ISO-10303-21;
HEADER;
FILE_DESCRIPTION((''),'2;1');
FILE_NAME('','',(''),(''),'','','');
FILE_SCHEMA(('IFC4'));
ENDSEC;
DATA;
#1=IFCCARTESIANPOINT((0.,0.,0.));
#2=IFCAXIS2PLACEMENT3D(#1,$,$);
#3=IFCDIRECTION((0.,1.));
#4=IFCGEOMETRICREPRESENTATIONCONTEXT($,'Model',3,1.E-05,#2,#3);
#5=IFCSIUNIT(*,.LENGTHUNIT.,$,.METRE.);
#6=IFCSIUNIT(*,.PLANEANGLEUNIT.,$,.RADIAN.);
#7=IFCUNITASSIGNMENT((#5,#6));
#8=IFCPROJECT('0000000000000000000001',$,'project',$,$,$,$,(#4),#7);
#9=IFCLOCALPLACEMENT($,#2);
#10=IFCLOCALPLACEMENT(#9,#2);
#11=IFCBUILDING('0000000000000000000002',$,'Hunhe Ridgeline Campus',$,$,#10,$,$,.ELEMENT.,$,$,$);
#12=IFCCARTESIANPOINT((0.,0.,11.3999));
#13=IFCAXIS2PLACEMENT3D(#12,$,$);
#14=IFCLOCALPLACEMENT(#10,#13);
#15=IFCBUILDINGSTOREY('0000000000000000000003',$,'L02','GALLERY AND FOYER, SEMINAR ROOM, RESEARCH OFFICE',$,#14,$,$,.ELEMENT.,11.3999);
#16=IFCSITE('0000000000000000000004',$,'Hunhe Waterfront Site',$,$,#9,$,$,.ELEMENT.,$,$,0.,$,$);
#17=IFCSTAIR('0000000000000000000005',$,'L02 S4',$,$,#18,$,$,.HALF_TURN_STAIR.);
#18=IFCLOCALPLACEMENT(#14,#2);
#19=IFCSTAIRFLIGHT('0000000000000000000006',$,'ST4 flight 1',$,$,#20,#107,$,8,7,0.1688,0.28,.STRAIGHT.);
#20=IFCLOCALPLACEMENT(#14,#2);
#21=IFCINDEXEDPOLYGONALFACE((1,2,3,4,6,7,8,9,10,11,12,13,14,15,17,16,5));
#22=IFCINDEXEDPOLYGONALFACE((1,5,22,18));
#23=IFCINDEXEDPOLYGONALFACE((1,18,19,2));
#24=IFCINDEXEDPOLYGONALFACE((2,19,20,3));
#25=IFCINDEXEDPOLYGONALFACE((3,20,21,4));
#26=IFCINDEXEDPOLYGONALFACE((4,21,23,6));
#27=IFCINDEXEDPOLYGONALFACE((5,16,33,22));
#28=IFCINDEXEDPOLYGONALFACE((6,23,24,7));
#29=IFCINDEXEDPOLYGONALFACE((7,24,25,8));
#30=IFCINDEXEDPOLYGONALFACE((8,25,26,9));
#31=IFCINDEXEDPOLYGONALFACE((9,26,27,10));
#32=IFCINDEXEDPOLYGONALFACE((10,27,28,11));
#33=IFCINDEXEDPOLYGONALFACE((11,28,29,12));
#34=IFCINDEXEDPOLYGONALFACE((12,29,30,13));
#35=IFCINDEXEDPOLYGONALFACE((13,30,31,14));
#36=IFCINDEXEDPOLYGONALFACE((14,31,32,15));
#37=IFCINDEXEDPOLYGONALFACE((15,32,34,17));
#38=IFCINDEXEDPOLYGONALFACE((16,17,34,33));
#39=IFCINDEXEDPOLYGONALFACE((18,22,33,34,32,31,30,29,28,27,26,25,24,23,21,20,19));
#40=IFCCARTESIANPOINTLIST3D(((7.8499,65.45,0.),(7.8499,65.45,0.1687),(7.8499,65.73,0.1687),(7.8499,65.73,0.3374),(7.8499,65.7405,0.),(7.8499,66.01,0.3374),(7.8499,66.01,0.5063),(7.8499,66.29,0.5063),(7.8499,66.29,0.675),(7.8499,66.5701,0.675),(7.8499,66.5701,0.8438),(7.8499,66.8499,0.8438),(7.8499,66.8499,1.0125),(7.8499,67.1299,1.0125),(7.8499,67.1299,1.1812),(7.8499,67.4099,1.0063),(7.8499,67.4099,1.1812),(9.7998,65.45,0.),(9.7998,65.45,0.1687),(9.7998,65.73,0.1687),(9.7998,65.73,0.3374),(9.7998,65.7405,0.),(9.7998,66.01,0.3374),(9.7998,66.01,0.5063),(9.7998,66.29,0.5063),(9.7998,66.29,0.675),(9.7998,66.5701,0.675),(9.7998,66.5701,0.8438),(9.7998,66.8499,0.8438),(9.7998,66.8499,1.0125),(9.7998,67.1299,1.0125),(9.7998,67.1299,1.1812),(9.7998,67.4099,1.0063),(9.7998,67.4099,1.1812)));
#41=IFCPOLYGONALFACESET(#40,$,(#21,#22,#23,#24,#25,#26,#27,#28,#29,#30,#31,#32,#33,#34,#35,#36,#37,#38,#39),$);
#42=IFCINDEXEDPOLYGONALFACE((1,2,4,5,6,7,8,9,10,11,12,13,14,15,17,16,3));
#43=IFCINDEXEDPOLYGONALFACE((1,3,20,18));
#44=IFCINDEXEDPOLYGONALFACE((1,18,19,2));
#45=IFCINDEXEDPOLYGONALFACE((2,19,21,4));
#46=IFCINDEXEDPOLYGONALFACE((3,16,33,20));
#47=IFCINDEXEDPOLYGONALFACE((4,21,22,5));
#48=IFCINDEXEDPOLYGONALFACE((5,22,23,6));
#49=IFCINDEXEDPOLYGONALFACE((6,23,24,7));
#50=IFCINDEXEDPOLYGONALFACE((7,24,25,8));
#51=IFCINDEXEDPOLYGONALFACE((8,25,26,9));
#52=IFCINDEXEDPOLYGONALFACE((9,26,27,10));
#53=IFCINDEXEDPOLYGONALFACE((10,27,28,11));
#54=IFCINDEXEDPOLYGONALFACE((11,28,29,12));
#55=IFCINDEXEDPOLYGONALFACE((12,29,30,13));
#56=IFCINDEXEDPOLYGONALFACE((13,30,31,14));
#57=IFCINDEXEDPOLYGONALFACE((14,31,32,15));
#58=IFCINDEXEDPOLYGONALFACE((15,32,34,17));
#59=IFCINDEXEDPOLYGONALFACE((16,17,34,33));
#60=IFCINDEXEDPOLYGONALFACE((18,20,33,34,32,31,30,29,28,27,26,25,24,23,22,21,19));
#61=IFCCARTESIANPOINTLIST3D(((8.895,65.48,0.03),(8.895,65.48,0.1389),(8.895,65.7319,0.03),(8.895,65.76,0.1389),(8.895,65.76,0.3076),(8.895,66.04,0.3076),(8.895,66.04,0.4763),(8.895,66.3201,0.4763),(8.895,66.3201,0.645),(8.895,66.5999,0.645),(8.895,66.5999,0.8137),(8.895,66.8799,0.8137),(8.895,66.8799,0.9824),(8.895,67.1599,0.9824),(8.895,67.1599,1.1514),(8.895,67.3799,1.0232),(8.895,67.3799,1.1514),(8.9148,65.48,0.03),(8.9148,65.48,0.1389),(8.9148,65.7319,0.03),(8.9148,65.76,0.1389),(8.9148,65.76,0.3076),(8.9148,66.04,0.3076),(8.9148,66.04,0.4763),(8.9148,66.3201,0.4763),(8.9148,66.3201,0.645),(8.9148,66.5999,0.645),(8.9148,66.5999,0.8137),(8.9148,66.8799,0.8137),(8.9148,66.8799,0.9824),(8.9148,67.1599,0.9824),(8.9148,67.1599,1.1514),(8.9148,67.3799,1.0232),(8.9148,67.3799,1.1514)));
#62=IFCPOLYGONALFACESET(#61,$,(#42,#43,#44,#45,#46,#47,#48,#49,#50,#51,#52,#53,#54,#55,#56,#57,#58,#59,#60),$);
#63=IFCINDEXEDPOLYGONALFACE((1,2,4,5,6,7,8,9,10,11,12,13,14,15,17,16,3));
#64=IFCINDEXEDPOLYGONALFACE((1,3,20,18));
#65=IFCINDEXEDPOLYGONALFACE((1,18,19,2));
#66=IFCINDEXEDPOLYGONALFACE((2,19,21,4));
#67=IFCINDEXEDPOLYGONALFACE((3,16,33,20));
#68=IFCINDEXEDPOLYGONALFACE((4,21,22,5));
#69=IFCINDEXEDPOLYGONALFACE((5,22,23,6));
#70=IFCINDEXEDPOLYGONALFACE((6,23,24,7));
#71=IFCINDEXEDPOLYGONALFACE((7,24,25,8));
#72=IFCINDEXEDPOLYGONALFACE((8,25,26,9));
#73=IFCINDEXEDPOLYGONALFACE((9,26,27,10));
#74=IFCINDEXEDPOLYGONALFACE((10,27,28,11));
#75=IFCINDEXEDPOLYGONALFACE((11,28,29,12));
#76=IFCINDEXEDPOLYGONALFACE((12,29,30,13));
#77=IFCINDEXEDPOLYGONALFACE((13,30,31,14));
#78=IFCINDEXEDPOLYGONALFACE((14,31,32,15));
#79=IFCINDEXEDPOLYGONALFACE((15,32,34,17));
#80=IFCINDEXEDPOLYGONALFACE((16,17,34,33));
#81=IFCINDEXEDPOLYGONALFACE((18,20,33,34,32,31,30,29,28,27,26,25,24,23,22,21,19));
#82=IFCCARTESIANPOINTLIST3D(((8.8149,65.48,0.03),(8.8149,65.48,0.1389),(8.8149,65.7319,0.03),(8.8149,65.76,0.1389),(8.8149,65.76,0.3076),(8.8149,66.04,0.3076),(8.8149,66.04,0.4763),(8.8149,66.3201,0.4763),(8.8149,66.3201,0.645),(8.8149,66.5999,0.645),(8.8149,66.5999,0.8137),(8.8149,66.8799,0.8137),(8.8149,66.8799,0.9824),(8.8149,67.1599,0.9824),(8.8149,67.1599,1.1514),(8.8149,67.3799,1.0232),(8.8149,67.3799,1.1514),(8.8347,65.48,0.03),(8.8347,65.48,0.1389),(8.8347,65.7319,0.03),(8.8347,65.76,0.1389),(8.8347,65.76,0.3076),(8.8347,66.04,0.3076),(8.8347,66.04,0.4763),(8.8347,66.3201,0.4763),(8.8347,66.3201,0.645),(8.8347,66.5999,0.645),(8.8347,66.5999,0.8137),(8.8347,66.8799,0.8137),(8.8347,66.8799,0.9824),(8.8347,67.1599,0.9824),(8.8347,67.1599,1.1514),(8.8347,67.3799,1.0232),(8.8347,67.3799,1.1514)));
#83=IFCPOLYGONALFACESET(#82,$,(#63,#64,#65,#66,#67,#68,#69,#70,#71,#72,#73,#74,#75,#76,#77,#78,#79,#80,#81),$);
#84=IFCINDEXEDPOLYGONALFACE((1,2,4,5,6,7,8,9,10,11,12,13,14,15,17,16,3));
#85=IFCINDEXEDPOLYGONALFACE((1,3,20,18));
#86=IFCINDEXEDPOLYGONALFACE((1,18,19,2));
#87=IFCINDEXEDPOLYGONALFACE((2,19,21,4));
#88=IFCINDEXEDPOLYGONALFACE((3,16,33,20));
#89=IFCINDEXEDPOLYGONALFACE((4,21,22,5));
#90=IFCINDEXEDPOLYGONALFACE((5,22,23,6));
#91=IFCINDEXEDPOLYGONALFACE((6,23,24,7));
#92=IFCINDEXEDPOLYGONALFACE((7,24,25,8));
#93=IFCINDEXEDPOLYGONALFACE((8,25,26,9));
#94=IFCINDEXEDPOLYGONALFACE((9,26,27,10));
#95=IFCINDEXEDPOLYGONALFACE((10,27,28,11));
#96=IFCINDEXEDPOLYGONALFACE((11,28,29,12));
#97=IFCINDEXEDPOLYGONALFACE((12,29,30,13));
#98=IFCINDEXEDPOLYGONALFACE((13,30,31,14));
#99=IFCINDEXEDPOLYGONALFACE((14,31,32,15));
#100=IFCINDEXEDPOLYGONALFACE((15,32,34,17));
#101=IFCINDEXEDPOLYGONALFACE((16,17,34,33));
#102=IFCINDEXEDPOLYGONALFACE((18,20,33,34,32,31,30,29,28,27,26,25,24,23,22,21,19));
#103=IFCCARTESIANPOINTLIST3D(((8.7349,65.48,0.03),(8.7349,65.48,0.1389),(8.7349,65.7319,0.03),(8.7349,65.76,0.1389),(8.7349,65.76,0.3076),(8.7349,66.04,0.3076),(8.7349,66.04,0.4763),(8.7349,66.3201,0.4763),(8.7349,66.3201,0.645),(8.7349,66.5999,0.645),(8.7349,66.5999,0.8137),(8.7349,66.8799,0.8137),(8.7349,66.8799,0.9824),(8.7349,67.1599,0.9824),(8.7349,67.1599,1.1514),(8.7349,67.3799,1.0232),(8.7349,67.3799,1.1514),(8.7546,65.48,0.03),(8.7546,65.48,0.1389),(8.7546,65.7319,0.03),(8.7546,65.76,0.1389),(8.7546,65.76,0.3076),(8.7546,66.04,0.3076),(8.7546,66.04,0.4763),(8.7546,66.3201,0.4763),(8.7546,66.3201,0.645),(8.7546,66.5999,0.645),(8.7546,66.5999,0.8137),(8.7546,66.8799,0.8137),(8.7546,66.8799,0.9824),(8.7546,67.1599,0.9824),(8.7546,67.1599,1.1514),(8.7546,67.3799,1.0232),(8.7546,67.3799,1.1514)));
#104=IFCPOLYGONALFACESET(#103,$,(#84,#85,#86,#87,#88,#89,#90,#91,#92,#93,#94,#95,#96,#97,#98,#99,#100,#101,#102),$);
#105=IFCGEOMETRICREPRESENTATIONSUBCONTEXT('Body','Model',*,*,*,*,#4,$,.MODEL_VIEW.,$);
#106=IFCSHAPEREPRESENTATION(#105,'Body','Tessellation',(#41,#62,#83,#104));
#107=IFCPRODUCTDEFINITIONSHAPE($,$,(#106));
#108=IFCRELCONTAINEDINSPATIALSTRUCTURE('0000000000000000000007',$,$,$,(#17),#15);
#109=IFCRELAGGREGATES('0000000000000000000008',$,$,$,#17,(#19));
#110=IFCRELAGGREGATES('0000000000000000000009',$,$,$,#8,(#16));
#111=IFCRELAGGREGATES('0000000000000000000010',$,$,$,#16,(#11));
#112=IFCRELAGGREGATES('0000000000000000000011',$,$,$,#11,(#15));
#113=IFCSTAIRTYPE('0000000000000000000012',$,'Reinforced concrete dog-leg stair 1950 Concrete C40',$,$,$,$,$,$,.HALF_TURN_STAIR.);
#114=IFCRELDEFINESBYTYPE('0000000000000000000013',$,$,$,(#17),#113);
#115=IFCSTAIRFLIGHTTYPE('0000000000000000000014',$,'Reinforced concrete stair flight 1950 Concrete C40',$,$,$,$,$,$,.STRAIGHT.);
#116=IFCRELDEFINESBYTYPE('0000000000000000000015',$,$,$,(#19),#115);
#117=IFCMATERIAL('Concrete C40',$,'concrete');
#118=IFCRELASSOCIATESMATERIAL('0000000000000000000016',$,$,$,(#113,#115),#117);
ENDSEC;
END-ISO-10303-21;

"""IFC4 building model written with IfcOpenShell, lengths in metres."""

from ifc_helpers import new_model, si_unit, direction, frame, origin, place, context, subcontext, project, spatial, polyline, outline, extrude, material, type_object, element, aggregate, save


model = new_model("IFC4")

# Units and contexts
model_context = context("Model", 3, precision=1e-05, world=origin(), true_north=direction((0.0, 1.0)))
body_context = subcontext(model_context, "Body", "Model", "MODEL_VIEW")
ifc_project = project(units=[si_unit("LENGTHUNIT", "METRE"), si_unit("PLANEANGLEUNIT", "RADIAN")], contexts=[model_context])

# Site, building, storey
site_placement = place(None, origin())
site = spatial("IfcSite", under=ifc_project, at=site_placement, Name="Hunhe Waterfront Site", CompositionType="ELEMENT", RefElevation=0.0)
building_placement = place(site_placement, origin())
building = spatial("IfcBuilding", under=site, at=building_placement, Name="Hunhe Ridgeline Campus", CompositionType="ELEMENT")
storey_placement = place(building_placement, frame((0.0, 0.0, 11.3999)))
storey = spatial("IfcBuildingStorey", under=building, at=storey_placement, Name="L02", Description="GALLERY AND FOYER, SEMINAR ROOM, RESEARCH OFFICE", CompositionType="ELEMENT", Elevation=11.3999)

# Stair, stair flight
ifc_material_1 = material(Name="Concrete C40", Category="concrete")
stair_type = type_object("IfcStairType", Name="Reinforced concrete dog-leg stair 1950 Concrete C40", PredefinedType="HALF_TURN_STAIR", material=ifc_material_1)
stair_1_placement = place(storey_placement, origin())
stair_1 = element("IfcStair", 1, at=stair_1_placement, inside=storey, type_object=stair_type, Name="L02 S4", PredefinedType="HALF_TURN_STAIR")
stair_flight_type = type_object("IfcStairFlightType", Name="Reinforced concrete stair flight 1950 Concrete C40", PredefinedType="STRAIGHT", material=ifc_material_1)
stair_flight_1_placement = place(storey_placement, frame((8.825, 65.45, 0.0), z_axis=(0.0, 0.0, 1.0), x_axis=(0.0, 1.0, 0.0)))
stair_flight_1 = element("IfcStairFlight", 2, at=stair_flight_1_placement, type_object=stair_flight_type, Name="ST4 flight 1", NumberOfRisers=8, NumberOfTreads=7, PredefinedType="STRAIGHT", RiserHeight=0.1688, TreadLength=0.28, context=body_context, shape_type="SweptSolid", body=[
    extrude(outline(polyline([(0.0, 0.0), (0.0, 0.1687), (0.28, 0.1687), (0.28, 0.3374), (0.5601, 0.3374), (0.5601, 0.5063), (0.8401, 0.5063), (0.8401, 0.675), (1.1201, 0.675), (1.1201, 0.8438), (1.3999, 0.8438), (1.3999, 1.0125), (1.6799, 1.0125), (1.6799, 1.1812), (1.96, 1.1812), (1.96, 1.3501), (1.96, 1.0063), (0.2905, 0.0), (0.0, 0.0)])), frame((0.0, 0.9751, 0.0), z_axis=(0.0, -1.0, 0.0), x_axis=(1.0, 0.0, 0.0)), (0.0, 0.0, 1.0), 1.95),
    extrude(outline(polyline([(0.03, 0.03), (0.03, 0.1389), (0.3101, 0.1389), (0.3101, 0.3076), (0.5901, 0.3076), (0.5901, 0.4763), (0.8701, 0.4763), (0.8701, 0.645), (1.1499, 0.645), (1.1499, 0.8137), (1.4299, 0.8137), (1.4299, 0.9824), (1.71, 0.9824), (1.71, 1.1514), (1.9299, 1.1514), (1.9299, 1.0232), (0.282, 0.03), (0.03, 0.03)])), frame((0.0, -0.0701, 0.0), z_axis=(0.0, -1.0, 0.0), x_axis=(1.0, 0.0, 0.0)), (0.0, 0.0, 1.0), 0.0198),
    extrude(outline(polyline([(0.03, 0.03), (0.03, 0.1389), (0.3101, 0.1389), (0.3101, 0.3076), (0.5901, 0.3076), (0.5901, 0.4763), (0.8701, 0.4763), (0.8701, 0.645), (1.1499, 0.645), (1.1499, 0.8137), (1.4299, 0.8137), (1.4299, 0.9824), (1.71, 0.9824), (1.71, 1.1514), (1.9299, 1.1514), (1.9299, 1.0232), (0.282, 0.03), (0.03, 0.03)])), frame((0.0, 0.01, 0.0), z_axis=(0.0, -1.0, 0.0), x_axis=(1.0, 0.0, 0.0)), (0.0, 0.0, 1.0), 0.0198),
    extrude(outline(polyline([(0.03, 0.03), (0.03, 0.1389), (0.3101, 0.1389), (0.3101, 0.3076), (0.5901, 0.3076), (0.5901, 0.4763), (0.8701, 0.4763), (0.8701, 0.645), (1.1499, 0.645), (1.1499, 0.8137), (1.4299, 0.8137), (1.4299, 0.9824), (1.71, 0.9824), (1.71, 1.1514), (1.9299, 1.1514), (1.9299, 1.0232), (0.282, 0.03), (0.03, 0.03)])), frame((0.0, 0.0901, 0.0), z_axis=(0.0, -1.0, 0.0), x_axis=(1.0, 0.0, 0.0)), (0.0, 0.0, 1.0), 0.0198),
])
aggregate(stair_1, [stair_flight_1])

save(model, "model.ifc")
